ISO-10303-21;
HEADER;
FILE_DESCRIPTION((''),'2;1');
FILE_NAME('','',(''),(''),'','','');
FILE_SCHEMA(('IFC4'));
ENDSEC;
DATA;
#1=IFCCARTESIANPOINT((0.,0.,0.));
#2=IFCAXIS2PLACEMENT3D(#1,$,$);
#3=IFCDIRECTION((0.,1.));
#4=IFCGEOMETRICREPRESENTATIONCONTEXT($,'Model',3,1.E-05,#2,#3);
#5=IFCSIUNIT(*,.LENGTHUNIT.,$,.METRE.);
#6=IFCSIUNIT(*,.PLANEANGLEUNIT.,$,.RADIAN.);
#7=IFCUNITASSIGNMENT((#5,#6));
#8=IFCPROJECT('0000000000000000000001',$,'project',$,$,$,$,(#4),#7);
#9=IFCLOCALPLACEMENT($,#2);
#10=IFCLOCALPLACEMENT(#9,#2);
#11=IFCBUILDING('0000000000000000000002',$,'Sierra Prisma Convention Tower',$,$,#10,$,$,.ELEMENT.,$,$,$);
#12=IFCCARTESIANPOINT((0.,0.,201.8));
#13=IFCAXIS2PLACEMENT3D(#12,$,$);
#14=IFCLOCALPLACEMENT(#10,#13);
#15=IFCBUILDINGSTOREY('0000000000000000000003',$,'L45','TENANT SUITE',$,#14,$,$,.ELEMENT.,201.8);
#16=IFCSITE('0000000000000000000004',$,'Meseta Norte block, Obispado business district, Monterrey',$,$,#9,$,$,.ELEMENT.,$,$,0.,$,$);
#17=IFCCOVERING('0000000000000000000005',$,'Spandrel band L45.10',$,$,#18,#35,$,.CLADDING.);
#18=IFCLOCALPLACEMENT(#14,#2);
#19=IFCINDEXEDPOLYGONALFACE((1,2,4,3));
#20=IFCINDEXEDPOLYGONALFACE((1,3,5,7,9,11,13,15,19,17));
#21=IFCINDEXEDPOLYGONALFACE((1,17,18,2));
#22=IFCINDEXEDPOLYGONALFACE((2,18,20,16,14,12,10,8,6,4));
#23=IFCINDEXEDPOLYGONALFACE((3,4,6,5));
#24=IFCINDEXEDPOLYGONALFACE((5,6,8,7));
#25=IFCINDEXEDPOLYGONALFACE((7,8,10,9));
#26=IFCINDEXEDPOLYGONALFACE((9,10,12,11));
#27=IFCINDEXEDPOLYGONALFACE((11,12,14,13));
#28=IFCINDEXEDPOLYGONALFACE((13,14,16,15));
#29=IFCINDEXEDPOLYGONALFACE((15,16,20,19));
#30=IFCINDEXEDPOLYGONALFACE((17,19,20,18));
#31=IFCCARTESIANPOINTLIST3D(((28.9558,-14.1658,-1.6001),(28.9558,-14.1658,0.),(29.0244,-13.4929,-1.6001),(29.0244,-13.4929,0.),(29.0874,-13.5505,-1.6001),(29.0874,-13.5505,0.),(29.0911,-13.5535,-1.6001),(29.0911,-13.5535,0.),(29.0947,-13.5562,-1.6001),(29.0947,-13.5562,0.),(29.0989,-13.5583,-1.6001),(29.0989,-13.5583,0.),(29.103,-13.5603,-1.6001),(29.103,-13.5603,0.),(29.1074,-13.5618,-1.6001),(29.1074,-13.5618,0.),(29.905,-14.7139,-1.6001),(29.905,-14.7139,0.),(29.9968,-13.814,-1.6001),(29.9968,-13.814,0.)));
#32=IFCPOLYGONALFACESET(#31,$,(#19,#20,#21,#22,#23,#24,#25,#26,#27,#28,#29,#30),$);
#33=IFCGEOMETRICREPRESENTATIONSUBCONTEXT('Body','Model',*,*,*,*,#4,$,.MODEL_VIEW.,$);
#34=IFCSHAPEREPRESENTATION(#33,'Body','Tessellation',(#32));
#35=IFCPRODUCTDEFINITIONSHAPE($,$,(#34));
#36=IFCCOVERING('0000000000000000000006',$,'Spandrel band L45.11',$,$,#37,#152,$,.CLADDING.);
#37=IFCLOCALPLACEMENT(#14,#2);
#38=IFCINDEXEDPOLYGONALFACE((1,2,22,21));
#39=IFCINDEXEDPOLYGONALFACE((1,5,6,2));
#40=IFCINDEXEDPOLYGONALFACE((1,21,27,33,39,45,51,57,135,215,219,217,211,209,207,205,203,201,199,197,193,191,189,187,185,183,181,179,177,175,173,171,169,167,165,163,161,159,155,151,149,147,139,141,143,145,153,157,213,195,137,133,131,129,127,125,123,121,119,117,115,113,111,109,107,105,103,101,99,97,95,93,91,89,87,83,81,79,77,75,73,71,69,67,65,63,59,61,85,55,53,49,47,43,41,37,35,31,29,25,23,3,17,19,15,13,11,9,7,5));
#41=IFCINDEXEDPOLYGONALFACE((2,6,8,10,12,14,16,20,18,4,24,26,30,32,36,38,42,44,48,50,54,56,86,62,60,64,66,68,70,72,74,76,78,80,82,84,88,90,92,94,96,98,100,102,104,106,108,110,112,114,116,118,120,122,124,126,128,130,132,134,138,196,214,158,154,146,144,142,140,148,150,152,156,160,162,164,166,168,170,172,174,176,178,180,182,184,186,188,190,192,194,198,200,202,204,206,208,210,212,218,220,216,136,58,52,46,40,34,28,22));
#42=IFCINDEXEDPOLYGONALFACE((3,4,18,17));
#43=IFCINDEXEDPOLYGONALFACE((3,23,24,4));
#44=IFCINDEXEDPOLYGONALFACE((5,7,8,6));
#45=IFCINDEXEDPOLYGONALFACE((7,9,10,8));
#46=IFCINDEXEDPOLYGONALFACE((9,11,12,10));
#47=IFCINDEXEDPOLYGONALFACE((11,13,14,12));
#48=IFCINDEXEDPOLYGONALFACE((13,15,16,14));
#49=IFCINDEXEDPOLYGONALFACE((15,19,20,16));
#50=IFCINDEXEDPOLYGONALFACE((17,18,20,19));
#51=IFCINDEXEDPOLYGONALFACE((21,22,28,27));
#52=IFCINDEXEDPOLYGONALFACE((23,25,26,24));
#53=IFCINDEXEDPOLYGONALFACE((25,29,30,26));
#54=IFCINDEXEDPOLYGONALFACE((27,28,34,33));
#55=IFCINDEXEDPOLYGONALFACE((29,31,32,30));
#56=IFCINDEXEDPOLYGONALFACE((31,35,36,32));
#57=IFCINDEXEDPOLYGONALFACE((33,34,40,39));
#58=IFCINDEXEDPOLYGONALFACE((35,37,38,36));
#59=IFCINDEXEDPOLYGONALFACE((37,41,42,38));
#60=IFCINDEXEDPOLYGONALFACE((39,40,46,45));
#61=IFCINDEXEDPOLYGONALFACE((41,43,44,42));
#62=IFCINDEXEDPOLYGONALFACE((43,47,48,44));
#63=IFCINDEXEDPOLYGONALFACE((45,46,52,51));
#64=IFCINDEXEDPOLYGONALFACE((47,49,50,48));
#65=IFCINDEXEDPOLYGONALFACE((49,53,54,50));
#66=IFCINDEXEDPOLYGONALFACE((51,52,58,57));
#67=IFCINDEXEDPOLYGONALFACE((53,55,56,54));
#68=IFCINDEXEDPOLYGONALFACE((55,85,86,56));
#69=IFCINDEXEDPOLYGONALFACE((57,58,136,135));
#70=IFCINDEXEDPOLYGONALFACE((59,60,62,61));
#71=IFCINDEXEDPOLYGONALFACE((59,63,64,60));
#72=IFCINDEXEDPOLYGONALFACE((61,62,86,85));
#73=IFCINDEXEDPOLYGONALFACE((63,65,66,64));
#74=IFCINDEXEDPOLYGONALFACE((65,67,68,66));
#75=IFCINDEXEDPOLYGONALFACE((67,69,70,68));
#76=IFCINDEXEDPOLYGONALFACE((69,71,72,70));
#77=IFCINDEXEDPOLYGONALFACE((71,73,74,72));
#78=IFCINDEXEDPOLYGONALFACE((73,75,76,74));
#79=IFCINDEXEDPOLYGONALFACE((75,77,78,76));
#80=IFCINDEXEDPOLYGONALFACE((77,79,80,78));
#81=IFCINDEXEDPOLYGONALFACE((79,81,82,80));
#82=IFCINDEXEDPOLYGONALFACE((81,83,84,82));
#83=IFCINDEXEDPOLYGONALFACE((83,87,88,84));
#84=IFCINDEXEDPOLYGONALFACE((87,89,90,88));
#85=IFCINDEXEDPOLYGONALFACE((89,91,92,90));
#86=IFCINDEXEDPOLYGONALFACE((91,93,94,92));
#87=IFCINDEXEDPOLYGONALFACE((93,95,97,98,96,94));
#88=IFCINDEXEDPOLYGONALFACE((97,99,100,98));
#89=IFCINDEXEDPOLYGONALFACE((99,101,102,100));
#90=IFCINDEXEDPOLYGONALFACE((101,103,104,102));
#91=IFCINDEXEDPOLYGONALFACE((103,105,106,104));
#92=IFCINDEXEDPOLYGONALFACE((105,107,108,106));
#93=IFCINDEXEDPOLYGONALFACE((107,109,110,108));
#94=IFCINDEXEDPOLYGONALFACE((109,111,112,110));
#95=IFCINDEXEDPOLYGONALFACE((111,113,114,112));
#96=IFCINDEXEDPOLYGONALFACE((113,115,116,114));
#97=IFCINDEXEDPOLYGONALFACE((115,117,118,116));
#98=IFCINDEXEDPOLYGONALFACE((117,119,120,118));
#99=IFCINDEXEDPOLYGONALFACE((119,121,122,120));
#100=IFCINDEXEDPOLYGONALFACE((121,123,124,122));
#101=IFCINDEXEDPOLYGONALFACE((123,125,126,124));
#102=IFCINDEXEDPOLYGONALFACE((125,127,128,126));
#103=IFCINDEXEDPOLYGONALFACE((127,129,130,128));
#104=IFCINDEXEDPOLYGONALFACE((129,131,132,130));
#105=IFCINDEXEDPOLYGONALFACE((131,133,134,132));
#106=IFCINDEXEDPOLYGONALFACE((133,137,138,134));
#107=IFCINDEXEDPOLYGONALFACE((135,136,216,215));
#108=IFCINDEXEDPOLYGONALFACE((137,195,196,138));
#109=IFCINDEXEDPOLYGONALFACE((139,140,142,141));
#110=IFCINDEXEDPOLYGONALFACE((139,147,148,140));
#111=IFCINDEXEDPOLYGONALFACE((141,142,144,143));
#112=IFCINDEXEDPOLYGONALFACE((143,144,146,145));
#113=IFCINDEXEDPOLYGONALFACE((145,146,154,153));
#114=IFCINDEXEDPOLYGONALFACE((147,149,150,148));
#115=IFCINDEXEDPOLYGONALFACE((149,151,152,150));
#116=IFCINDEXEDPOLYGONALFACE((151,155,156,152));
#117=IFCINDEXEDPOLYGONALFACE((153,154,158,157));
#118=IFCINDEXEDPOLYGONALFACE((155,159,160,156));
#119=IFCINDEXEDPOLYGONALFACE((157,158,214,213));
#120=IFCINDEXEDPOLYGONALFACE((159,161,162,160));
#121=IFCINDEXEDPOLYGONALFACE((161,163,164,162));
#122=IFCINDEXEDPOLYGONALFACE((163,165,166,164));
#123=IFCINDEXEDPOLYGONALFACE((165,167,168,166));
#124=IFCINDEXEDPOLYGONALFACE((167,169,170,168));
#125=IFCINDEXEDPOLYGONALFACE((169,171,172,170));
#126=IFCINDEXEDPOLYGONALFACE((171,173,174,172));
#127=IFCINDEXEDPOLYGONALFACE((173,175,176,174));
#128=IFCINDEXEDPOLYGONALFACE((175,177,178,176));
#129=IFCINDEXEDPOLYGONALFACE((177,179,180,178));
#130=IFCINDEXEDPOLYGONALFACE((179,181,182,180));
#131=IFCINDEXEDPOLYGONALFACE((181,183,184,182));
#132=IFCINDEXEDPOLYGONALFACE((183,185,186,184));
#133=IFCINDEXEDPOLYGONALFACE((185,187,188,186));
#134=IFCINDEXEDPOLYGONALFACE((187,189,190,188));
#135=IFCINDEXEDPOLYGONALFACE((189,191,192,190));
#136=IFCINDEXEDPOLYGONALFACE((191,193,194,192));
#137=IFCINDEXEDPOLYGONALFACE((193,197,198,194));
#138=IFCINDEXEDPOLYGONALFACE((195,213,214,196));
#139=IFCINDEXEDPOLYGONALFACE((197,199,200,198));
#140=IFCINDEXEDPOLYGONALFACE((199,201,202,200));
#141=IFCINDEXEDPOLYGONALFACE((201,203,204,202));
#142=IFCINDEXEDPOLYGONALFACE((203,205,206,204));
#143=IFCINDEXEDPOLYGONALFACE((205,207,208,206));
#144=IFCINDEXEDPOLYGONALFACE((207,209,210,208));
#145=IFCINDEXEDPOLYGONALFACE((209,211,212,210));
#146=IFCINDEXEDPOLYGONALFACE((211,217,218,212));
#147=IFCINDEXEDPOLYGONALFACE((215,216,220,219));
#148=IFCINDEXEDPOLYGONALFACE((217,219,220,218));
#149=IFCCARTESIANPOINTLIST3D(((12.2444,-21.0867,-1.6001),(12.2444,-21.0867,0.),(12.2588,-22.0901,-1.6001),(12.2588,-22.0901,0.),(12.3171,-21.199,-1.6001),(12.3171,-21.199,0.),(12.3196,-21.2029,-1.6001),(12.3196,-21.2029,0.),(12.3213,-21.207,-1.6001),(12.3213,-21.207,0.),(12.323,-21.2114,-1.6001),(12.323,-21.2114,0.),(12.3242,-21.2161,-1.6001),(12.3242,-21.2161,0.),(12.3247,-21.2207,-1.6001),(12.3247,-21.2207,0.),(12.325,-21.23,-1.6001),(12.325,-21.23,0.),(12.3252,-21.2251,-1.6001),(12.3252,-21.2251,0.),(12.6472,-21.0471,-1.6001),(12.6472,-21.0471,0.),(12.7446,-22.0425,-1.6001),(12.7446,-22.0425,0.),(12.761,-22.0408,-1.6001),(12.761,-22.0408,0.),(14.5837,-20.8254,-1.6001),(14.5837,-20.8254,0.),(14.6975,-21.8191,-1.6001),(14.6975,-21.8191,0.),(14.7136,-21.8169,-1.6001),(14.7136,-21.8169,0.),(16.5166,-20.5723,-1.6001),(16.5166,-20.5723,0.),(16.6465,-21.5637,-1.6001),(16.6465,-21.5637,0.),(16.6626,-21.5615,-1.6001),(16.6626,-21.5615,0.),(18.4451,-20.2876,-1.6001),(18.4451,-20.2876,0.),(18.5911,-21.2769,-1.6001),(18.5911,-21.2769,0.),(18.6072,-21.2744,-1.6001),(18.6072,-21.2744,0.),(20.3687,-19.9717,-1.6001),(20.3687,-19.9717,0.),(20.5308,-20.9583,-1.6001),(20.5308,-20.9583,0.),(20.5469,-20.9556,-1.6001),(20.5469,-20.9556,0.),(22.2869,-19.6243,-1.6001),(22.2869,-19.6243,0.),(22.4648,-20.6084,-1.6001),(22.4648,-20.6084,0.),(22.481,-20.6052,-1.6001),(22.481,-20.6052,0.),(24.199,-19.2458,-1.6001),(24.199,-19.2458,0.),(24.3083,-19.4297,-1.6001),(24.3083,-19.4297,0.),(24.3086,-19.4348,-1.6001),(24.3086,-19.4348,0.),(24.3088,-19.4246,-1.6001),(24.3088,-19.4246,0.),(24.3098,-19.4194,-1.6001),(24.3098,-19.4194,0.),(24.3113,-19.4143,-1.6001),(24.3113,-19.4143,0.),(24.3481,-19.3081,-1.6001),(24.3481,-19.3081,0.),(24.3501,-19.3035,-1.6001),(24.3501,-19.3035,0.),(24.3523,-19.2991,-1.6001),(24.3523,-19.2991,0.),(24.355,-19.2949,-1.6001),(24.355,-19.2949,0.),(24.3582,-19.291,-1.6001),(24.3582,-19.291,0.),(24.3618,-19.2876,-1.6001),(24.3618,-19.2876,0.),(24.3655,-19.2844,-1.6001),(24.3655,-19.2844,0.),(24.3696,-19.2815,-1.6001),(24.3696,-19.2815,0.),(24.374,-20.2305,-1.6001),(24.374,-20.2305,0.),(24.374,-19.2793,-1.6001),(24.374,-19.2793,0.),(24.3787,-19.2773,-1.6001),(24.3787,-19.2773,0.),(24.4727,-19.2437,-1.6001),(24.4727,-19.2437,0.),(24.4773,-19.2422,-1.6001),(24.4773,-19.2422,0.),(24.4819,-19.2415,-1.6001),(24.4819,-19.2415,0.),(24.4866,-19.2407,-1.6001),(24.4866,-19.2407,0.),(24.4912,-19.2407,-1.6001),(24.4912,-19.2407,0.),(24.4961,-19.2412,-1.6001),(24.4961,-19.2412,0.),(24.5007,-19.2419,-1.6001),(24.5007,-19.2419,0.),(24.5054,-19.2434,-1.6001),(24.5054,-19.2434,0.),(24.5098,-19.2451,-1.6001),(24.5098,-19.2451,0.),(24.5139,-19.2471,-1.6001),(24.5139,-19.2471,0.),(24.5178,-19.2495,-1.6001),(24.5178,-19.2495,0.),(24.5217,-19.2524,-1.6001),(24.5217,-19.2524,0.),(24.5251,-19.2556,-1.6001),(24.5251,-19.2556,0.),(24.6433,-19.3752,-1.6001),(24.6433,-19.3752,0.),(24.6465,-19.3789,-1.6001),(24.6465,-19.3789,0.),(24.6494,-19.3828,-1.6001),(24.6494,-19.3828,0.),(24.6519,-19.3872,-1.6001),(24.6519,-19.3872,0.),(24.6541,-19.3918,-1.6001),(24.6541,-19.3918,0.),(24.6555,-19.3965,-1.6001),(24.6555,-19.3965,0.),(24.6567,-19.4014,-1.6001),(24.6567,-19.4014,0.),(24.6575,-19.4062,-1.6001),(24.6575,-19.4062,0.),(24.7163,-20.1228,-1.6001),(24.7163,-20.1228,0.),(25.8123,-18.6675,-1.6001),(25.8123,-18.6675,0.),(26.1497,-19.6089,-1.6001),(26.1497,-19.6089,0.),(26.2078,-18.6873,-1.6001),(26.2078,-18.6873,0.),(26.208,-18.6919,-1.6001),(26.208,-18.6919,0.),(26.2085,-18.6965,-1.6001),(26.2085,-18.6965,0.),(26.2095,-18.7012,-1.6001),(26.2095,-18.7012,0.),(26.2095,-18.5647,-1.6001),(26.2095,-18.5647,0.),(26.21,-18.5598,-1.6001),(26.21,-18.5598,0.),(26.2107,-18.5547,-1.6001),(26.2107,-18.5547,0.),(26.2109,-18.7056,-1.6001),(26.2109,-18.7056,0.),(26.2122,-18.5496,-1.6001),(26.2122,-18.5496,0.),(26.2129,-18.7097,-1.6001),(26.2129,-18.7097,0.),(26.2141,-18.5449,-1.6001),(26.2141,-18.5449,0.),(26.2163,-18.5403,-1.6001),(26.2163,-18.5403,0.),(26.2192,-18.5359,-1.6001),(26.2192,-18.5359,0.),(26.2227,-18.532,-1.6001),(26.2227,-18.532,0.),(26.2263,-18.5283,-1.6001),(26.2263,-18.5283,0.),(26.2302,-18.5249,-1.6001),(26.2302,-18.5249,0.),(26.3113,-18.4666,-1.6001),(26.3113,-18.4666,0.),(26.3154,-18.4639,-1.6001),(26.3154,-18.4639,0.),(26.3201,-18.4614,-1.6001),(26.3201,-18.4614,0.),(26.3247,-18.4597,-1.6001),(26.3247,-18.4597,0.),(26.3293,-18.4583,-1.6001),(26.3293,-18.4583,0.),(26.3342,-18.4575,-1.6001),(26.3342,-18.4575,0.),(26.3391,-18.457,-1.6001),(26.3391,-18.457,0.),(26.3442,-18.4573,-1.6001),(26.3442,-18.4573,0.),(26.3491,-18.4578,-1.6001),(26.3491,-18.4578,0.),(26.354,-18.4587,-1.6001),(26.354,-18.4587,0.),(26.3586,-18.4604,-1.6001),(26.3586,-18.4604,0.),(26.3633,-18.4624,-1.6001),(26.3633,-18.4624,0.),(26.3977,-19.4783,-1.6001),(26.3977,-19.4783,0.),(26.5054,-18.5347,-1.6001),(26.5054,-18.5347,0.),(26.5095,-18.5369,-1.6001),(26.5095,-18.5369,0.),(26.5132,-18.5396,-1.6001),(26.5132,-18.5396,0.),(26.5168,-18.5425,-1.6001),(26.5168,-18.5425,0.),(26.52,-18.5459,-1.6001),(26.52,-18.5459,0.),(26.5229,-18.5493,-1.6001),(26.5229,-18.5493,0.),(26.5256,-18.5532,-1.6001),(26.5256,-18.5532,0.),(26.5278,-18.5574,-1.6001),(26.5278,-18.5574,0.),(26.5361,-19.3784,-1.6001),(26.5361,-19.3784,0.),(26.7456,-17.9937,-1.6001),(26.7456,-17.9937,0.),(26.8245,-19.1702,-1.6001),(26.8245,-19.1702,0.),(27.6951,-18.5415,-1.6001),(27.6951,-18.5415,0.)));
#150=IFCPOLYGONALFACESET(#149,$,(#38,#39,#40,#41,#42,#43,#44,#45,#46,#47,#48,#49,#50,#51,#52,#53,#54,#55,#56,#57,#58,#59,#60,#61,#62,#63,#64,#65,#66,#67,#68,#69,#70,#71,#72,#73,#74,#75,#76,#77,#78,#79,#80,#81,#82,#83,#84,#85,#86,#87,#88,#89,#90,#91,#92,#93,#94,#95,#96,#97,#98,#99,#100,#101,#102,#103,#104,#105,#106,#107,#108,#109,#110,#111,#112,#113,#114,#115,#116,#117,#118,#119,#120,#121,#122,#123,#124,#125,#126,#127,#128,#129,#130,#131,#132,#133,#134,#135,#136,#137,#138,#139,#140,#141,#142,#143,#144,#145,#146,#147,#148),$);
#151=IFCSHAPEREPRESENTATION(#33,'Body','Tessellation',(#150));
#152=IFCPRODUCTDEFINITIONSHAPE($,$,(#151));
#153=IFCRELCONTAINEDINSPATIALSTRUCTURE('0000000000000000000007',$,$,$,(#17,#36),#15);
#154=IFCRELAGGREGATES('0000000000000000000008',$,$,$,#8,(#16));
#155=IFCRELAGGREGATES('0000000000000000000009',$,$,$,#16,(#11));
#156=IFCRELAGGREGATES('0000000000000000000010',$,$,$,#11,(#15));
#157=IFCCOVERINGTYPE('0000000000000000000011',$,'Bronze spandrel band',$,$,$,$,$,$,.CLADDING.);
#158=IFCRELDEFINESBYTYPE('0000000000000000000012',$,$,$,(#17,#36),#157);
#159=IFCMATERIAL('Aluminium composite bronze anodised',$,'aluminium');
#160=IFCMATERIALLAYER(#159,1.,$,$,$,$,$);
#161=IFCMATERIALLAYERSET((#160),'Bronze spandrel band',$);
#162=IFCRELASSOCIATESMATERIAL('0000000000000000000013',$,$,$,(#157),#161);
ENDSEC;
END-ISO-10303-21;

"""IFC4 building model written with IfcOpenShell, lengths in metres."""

from ifc_helpers import new_model, si_unit, direction, frame, origin, place, context, subcontext, project, spatial, polyline, outline, extrude, material, layer, layer_set, type_object, element, save


model = new_model("IFC4")

# Units and contexts
model_context = context("Model", 3, precision=1e-05, world=origin(), true_north=direction((0.0, 1.0)))
body_context = subcontext(model_context, "Body", "Model", "MODEL_VIEW")
ifc_project = project(units=[si_unit("LENGTHUNIT", "METRE"), si_unit("PLANEANGLEUNIT", "RADIAN")], contexts=[model_context])

# Site, building, storey
site_placement = place(None, origin())
site = spatial("IfcSite", under=ifc_project, at=site_placement, Name="Meseta Norte block, Obispado business district, Monterrey", CompositionType="ELEMENT", RefElevation=0.0)
building_placement = place(site_placement, origin())
building = spatial("IfcBuilding", under=site, at=building_placement, Name="Sierra Prisma Convention Tower", CompositionType="ELEMENT")
storey_placement = place(building_placement, frame((0.0, 0.0, 201.8)))
storey = spatial("IfcBuildingStorey", under=building, at=storey_placement, Name="L45", Description="TENANT SUITE", CompositionType="ELEMENT", Elevation=201.8)

# Coverings
ifc_material_1 = material(Name="Aluminium composite bronze anodised", Category="aluminium")
ifc_layer_1 = layer(ifc_material_1, 1.0)
ifc_layer_set_1 = layer_set([ifc_layer_1], Name="Bronze spandrel band")
covering_type_1 = type_object("IfcCoveringType", Name="Bronze spandrel band", PredefinedType="CLADDING", material=ifc_layer_set_1)
covering_1_placement = place(storey_placement, frame((0.0, 0.0, -1.6001)))
element("IfcCovering", 1, at=covering_1_placement, inside=storey, type_object=covering_type_1, Name="Spandrel band L45.10", PredefinedType="CLADDING", context=body_context, shape_type="SweptSolid", body=[
    extrude(outline(polyline([(29.0947, -13.5562), (29.0989, -13.5583), (29.103, -13.5603), (29.1074, -13.5618), (29.9968, -13.814), (29.905, -14.7139), (28.9558, -14.1658), (29.0244, -13.4929), (29.0874, -13.5505), (29.0911, -13.5535), (29.0947, -13.5562)])), origin(), (0.0, 0.0, 1.0), 1.6001),
])
covering_2_placement = place(storey_placement, frame((0.0, 0.0, -1.6001)))
element("IfcCovering", 2, at=covering_2_placement, inside=storey, type_object=covering_type_1, Name="Spandrel band L45.11", PredefinedType="CLADDING", context=body_context, shape_type="SweptSolid", body=[
    extrude(outline(polyline([(26.5229, -18.5493), (26.52, -18.5459), (26.5168, -18.5425), (26.5132, -18.5396), (26.5095, -18.5369), (26.5054, -18.5347), (26.3633, -18.4624), (26.3586, -18.4604), (26.354, -18.4587), (26.3491, -18.4578), (26.3442, -18.4573), (26.3391, -18.457), (26.3342, -18.4575), (26.3293, -18.4583), (26.3247, -18.4597), (26.3201, -18.4614), (26.3154, -18.4639), (26.3113, -18.4666), (26.2302, -18.5249), (26.2263, -18.5283), (26.2227, -18.532), (26.2192, -18.5359), (26.2163, -18.5403), (26.2141, -18.5449), (26.2122, -18.5496), (26.2107, -18.5547), (26.21, -18.5598), (26.2095, -18.5647), (26.2078, -18.6873), (26.208, -18.6919), (26.2085, -18.6965), (26.2095, -18.7012), (26.2109, -18.7056), (26.2129, -18.7097), (26.5361, -19.3784), (26.3977, -19.4783), (26.1497, -19.6089), (24.7163, -20.1228), (24.6575, -19.4062), (24.6567, -19.4014), (24.6555, -19.3965), (24.6541, -19.3918), (24.6519, -19.3872), (24.6494, -19.3828), (24.6465, -19.3789), (24.6433, -19.3752), (24.5251, -19.2556), (24.5217, -19.2524), (24.5178, -19.2495), (24.5139, -19.2471), (24.5098, -19.2451), (24.5054, -19.2434), (24.5007, -19.2419), (24.4961, -19.2412), (24.4912, -19.2407), (24.4866, -19.2407), (24.4819, -19.2415), (24.4773, -19.2422), (24.4727, -19.2437), (24.3787, -19.2773), (24.374, -19.2793), (24.3696, -19.2815), (24.3655, -19.2844), (24.3618, -19.2876), (24.3582, -19.291), (24.355, -19.2949), (24.3523, -19.2991), (24.3501, -19.3035), (24.3481, -19.3081), (24.3113, -19.4143), (24.3098, -19.4194), (24.3088, -19.4246), (24.3083, -19.4297), (24.3086, -19.4348), (24.374, -20.2305), (22.481, -20.6052), (22.4648, -20.6084), (20.5469, -20.9556), (20.5308, -20.9583), (18.6072, -21.2744), (18.5911, -21.2769), (16.6626, -21.5615), (16.6465, -21.5637), (14.7136, -21.8169), (14.6975, -21.8191), (12.761, -22.0408), (12.7446, -22.0425), (12.2588, -22.0901), (12.325, -21.23), (12.3252, -21.2251), (12.3247, -21.2207), (12.3242, -21.2161), (12.323, -21.2114), (12.3213, -21.207), (12.3196, -21.2029), (12.3171, -21.199), (12.2444, -21.0867), (12.6472, -21.0471), (14.5837, -20.8254), (16.5166, -20.5723), (18.4451, -20.2876), (20.3687, -19.9717), (22.2869, -19.6243), (24.199, -19.2458), (25.8123, -18.6675), (26.7456, -17.9937), (27.6951, -18.5415), (26.8245, -19.1702), (26.5278, -18.5574), (26.5256, -18.5532), (26.5229, -18.5493)])), origin(), (0.0, 0.0, 1.0), 1.6001),
])

save(model, "model.ifc")
